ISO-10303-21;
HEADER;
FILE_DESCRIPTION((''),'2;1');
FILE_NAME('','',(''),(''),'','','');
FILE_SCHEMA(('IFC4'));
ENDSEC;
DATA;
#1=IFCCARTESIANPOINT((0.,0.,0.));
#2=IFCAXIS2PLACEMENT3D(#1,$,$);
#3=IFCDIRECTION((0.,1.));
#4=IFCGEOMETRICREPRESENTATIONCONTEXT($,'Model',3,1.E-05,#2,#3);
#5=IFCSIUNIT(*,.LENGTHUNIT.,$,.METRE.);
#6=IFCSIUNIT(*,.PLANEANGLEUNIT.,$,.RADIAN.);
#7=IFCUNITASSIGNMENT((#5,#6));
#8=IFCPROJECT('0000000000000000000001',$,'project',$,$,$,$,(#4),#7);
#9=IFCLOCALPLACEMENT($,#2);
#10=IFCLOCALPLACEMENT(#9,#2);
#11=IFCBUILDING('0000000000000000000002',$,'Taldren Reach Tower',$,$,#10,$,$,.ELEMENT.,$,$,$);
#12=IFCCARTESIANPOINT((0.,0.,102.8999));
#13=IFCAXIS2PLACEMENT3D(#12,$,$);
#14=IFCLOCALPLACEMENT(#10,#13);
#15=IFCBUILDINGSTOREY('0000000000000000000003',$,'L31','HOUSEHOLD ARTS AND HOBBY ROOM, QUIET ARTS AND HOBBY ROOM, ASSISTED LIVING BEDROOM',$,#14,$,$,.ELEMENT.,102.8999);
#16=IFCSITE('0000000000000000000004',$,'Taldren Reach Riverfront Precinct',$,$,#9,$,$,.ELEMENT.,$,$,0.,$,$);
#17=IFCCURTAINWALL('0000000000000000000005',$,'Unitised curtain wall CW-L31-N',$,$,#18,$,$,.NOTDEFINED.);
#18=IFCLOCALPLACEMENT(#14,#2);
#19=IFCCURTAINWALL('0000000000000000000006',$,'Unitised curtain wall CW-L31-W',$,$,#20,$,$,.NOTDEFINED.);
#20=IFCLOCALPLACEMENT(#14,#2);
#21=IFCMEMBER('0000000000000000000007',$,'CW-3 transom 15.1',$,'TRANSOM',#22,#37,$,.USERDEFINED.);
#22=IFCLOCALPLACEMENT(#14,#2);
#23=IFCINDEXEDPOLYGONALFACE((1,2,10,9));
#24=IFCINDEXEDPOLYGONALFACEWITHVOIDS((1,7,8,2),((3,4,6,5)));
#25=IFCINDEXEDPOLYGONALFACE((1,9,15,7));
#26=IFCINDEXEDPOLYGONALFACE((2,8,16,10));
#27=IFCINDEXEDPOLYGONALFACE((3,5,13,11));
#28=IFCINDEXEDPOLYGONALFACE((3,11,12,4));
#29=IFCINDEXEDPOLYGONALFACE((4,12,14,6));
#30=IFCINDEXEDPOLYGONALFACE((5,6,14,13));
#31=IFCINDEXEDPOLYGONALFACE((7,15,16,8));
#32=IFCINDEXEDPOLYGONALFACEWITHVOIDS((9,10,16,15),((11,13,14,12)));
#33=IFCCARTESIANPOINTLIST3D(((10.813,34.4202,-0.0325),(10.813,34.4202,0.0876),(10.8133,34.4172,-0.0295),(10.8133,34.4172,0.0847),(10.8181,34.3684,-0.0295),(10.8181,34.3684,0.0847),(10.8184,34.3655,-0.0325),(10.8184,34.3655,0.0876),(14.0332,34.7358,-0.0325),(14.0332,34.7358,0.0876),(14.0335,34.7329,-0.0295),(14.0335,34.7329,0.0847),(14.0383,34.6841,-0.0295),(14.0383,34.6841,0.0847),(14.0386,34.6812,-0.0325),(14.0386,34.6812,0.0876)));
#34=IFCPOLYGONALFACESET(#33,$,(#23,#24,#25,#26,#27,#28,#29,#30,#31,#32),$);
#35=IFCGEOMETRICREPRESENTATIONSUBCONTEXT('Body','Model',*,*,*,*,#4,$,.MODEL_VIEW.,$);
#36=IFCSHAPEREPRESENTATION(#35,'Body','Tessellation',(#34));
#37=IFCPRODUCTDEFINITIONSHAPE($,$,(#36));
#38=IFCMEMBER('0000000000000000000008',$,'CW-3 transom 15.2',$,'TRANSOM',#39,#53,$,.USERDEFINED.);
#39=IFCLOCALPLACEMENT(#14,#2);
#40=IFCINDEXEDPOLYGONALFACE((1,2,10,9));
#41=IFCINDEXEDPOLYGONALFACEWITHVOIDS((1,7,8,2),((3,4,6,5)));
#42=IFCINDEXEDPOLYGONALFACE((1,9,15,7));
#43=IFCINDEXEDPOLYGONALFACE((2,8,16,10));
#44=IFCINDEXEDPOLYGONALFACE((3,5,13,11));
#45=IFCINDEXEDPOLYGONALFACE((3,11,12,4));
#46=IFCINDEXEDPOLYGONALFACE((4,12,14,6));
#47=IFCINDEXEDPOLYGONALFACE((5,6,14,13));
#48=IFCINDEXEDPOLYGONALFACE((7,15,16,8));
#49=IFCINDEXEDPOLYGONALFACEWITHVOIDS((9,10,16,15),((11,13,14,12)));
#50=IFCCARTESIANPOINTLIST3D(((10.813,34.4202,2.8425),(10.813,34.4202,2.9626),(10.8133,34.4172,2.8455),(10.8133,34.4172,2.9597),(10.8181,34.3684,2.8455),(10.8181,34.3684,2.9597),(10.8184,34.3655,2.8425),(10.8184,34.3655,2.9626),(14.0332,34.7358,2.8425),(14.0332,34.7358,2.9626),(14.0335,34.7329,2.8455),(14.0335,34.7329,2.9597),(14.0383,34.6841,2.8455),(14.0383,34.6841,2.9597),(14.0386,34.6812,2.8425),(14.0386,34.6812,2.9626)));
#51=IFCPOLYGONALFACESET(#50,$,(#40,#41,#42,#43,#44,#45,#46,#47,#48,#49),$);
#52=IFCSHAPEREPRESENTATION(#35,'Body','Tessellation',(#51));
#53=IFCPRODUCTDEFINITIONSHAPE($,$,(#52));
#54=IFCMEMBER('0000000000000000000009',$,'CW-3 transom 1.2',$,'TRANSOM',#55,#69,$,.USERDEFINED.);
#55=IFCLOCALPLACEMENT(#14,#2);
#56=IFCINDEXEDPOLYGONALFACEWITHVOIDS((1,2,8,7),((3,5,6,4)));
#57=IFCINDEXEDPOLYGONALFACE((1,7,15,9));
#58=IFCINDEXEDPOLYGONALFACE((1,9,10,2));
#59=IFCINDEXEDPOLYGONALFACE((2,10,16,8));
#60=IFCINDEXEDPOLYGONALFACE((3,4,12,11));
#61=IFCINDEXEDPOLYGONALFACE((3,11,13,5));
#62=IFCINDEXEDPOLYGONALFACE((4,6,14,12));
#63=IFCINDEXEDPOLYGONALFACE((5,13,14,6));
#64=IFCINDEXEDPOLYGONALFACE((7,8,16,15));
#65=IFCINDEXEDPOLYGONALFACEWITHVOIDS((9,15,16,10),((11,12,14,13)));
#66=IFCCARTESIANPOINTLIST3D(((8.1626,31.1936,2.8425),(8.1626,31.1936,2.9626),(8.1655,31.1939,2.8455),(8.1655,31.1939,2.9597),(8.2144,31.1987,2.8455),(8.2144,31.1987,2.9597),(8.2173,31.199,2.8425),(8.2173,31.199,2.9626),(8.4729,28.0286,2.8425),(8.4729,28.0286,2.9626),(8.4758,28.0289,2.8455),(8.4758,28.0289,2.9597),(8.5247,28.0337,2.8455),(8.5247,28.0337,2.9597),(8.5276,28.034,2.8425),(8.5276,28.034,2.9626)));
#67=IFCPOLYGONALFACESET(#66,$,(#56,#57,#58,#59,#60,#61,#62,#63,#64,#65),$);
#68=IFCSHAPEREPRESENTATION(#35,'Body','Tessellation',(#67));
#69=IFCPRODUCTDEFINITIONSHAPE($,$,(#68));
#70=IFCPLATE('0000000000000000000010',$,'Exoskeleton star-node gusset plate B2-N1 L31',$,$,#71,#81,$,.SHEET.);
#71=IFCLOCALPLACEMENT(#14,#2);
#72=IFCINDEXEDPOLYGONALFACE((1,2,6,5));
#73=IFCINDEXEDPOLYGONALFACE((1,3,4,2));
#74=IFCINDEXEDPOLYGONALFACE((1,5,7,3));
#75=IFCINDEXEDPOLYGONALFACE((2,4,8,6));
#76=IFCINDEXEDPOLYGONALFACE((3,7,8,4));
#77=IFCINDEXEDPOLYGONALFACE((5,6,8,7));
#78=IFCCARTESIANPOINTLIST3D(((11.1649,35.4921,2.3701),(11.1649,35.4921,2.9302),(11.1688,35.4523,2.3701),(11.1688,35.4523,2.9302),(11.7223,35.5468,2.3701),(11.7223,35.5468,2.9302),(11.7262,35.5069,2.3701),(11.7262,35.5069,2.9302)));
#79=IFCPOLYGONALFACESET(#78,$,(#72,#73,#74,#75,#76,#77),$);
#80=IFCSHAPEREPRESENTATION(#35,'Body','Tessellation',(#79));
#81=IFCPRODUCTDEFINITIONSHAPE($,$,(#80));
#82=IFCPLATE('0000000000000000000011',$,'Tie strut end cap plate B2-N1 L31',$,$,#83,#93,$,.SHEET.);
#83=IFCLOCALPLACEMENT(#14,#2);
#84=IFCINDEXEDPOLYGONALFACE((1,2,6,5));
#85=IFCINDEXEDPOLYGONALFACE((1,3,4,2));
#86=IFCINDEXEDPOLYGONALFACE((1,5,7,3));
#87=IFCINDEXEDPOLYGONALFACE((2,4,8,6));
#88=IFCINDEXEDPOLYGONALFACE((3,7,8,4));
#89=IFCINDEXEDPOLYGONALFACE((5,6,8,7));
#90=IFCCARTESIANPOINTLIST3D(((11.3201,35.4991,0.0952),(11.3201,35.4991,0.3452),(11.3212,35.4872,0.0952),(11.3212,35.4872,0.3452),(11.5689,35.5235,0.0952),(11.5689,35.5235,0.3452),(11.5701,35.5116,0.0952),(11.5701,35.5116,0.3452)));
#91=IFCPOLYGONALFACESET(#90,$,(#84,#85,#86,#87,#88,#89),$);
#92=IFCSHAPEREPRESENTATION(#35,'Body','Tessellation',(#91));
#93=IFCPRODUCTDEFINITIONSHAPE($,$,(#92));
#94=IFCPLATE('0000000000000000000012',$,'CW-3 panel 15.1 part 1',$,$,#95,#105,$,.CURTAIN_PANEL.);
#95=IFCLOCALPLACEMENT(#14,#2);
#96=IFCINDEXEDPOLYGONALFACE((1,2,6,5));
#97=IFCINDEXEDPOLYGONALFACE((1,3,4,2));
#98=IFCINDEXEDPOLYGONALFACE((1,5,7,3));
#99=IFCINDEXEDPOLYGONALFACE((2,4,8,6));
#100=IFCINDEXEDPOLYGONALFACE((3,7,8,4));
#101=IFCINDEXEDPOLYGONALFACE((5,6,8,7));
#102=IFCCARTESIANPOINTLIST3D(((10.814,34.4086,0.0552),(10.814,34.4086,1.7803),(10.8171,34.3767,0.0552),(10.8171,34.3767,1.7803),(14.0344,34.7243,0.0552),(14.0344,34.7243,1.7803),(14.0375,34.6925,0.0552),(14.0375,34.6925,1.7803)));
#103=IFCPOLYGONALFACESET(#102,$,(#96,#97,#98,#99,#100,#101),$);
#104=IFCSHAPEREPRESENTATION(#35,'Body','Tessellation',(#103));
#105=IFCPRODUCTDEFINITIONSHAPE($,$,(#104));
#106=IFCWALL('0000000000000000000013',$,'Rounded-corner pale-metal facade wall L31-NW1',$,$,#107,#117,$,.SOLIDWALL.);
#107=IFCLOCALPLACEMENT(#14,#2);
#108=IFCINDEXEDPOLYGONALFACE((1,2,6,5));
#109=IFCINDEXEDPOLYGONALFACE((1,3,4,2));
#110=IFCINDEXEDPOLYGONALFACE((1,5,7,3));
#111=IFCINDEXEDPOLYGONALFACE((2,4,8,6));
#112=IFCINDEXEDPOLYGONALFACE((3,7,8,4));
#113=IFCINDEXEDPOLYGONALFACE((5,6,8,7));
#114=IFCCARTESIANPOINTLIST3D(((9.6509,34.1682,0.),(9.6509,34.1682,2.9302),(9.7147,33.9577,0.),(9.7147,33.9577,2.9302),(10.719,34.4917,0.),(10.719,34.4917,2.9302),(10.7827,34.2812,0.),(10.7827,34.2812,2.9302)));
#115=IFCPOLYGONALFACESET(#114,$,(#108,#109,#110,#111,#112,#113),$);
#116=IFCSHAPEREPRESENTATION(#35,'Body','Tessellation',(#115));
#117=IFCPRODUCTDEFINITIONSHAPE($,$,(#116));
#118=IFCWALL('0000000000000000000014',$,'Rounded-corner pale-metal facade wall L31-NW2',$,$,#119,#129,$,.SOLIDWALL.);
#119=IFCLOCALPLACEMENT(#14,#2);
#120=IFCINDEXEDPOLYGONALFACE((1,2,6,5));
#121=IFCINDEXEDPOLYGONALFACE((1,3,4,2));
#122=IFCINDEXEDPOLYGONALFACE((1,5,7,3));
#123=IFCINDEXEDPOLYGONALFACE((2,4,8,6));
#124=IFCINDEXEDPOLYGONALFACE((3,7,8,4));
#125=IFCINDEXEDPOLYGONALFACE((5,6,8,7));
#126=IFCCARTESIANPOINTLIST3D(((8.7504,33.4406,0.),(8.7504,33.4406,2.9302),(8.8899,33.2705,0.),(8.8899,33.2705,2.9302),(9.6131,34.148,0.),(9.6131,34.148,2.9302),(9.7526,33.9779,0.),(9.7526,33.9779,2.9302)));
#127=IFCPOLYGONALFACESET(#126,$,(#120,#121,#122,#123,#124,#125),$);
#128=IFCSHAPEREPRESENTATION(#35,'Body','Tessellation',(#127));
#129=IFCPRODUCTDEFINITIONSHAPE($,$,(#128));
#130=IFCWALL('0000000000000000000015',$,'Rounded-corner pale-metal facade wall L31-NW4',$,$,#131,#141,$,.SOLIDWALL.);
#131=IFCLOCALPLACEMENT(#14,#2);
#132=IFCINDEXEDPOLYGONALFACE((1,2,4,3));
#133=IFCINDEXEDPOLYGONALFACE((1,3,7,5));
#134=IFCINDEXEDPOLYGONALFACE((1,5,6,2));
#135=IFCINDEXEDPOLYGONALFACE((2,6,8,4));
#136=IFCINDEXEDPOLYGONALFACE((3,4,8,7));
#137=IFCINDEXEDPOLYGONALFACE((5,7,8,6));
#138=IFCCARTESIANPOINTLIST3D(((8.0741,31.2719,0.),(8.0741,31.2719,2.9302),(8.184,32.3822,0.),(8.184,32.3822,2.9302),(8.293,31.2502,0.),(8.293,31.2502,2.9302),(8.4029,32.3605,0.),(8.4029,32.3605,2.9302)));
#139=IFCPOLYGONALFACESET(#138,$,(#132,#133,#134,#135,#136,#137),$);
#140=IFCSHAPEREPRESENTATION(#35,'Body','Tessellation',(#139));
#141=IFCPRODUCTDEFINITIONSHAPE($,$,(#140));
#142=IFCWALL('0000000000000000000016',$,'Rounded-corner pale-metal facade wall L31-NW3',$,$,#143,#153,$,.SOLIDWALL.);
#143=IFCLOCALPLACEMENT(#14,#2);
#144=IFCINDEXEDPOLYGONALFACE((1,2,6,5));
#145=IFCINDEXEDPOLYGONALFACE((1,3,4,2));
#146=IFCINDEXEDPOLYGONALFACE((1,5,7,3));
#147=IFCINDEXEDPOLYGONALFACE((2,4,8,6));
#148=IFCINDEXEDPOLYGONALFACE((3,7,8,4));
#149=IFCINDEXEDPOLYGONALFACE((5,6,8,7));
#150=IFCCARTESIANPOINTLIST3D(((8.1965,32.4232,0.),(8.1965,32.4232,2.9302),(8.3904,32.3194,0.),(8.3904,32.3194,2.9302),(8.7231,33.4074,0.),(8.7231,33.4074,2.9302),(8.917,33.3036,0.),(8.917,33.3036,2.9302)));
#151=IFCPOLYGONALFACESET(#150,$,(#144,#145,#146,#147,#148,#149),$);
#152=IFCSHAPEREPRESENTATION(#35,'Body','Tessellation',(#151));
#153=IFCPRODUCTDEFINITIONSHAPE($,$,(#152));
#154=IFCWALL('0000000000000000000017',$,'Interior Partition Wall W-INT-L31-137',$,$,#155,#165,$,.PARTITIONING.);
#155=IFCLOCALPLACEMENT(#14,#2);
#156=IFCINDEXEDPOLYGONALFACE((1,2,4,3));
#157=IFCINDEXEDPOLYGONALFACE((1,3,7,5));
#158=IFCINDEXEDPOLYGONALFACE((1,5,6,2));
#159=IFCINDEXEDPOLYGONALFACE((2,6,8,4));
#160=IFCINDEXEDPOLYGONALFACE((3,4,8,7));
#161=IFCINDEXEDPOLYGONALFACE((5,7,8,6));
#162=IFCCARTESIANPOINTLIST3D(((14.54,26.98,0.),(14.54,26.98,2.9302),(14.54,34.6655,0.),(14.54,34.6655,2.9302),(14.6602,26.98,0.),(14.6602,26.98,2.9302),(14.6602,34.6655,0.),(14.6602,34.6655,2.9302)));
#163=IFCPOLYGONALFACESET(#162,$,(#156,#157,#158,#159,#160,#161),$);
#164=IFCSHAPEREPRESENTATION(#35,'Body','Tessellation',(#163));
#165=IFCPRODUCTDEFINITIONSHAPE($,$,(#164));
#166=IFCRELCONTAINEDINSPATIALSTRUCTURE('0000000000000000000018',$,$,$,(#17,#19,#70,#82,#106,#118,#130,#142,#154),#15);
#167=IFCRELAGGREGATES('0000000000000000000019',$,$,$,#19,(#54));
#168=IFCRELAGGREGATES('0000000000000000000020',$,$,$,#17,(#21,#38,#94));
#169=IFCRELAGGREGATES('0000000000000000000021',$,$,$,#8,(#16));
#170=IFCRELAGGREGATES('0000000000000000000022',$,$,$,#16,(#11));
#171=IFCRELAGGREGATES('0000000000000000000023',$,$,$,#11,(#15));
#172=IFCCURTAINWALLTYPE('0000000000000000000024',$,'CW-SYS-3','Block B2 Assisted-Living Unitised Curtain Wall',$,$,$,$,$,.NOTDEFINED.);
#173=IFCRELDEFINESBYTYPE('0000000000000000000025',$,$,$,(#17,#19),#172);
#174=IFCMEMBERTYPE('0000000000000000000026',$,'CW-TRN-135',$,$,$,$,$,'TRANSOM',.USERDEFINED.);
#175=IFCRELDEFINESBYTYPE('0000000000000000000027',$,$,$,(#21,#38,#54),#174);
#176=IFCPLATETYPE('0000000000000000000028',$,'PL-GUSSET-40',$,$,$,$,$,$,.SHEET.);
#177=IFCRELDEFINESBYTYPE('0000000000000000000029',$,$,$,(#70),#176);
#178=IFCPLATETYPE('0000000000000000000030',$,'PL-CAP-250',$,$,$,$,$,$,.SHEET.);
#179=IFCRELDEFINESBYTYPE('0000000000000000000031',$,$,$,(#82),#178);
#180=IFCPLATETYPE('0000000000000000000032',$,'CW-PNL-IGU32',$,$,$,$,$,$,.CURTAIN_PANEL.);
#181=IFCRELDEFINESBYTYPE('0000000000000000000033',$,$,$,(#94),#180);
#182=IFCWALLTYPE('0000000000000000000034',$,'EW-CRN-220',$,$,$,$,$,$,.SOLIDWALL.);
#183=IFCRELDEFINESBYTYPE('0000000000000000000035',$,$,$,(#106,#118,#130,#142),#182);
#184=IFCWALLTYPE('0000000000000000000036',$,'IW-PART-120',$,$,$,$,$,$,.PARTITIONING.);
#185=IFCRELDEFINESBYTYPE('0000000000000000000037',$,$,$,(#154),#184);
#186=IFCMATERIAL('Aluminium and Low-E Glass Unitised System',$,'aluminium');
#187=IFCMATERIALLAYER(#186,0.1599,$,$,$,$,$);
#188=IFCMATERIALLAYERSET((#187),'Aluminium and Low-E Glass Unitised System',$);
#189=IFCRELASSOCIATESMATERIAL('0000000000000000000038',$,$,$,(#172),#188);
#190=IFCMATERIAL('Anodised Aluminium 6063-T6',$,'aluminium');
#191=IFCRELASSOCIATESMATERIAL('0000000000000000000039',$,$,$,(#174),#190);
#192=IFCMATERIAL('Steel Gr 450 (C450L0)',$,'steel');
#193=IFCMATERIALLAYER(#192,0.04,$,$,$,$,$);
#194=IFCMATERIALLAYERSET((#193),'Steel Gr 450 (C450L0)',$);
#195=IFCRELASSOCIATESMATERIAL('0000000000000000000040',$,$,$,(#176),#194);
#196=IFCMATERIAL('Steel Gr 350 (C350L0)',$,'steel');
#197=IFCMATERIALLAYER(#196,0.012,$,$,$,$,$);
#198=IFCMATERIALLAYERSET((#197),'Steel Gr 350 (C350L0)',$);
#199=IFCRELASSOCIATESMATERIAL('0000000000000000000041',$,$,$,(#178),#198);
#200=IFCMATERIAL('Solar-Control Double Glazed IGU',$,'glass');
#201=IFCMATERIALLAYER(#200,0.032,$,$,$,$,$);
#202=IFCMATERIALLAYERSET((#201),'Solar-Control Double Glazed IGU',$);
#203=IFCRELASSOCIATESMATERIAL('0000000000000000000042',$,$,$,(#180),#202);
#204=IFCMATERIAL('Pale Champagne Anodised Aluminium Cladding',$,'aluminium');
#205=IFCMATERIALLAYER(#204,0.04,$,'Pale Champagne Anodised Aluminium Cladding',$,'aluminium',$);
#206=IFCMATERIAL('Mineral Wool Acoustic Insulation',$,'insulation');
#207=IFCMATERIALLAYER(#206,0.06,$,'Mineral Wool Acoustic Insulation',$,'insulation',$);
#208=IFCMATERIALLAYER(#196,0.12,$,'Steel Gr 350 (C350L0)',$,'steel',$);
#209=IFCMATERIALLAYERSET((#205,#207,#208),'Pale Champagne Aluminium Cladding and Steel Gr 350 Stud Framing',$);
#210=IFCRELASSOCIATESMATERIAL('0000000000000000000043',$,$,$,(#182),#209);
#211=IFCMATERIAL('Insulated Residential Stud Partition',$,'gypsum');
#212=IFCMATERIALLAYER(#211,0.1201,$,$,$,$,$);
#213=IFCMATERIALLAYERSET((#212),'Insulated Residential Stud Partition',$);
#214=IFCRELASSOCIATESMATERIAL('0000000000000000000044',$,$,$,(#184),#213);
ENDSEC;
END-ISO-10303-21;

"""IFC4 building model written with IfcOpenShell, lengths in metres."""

from ifc_helpers import new_model, si_unit, direction, frame, frame_2d, origin, origin_2d, place, context, subcontext, project, spatial, rectangle, hollow_rectangle, extrude, source, transform, mapped, material, layer, layer_set, material_profile, profile_set, type_object, element, aggregate, save


model = new_model("IFC4")

# Units and contexts
model_context = context("Model", 3, precision=1e-05, world=origin(), true_north=direction((0.0, 1.0)))
body_context = subcontext(model_context, "Body", "Model", "MODEL_VIEW")
ifc_project = project(units=[si_unit("LENGTHUNIT", "METRE"), si_unit("PLANEANGLEUNIT", "RADIAN")], contexts=[model_context])

# Site, building, storey
site_placement = place(None, origin())
site = spatial("IfcSite", under=ifc_project, at=site_placement, Name="Taldren Reach Riverfront Precinct", CompositionType="ELEMENT", RefElevation=0.0)
building_placement = place(site_placement, origin())
building = spatial("IfcBuilding", under=site, at=building_placement, Name="Taldren Reach Tower", CompositionType="ELEMENT")
storey_placement = place(building_placement, frame((0.0, 0.0, 102.8999)))
storey = spatial("IfcBuildingStorey", under=building, at=storey_placement, Name="L31", Description="HOUSEHOLD ARTS AND HOBBY ROOM, QUIET ARTS AND HOBBY ROOM, ASSISTED LIVING BEDROOM", CompositionType="ELEMENT", Elevation=102.8999)

# Shared definitions
ifc_material_1 = material(Name="Steel Gr 450 (C450L0)", Category="steel")
ifc_material_2 = material(Name="Steel Gr 350 (C350L0)", Category="steel")

# Curtain wall
ifc_material_3 = material(Name="Aluminium and Low-E Glass Unitised System", Category="aluminium")
ifc_layer_1 = layer(ifc_material_3, 0.1599)
ifc_layer_set_1 = layer_set([ifc_layer_1], Name="Aluminium and Low-E Glass Unitised System")
curtain_wall_type = type_object("IfcCurtainWallType", Name="CW-SYS-3", Description="Block B2 Assisted-Living Unitised Curtain Wall", PredefinedType="NOTDEFINED", material=ifc_layer_set_1)
curtain_wall_1_placement = place(storey_placement, origin())
curtain_wall_1 = element("IfcCurtainWall", 1, at=curtain_wall_1_placement, inside=storey, type_object=curtain_wall_type, Name="Unitised curtain wall CW-L31-N", PredefinedType="NOTDEFINED")
ifc_material_4 = material(Name="Anodised Aluminium 6063-T6", Category="aluminium")

# Curtain wall
curtain_wall_2_placement = place(storey_placement, origin())
curtain_wall_2 = element("IfcCurtainWall", 2, at=curtain_wall_2_placement, inside=storey, type_object=curtain_wall_type, Name="Unitised curtain wall CW-L31-W", PredefinedType="NOTDEFINED")

# Members
ifc_material_profile_1 = material_profile(ifc_material_4, hollow_rectangle(XDim=0.0549, YDim=0.1201, WallThickness=0.0029, at=origin_2d()), Name="ALU-120x55x3RHS")
ifc_profile_set_1 = profile_set([ifc_material_profile_1], Name="Anodised Aluminium 6063-T6")
member_type_1 = type_object("IfcMemberType", Name="CW-TRN-135", ElementType="TRANSOM", PredefinedType="USERDEFINED", material=ifc_profile_set_1)
shared_shape_1 = source(origin(), body_context, "Body", "SweptSolid", [
    extrude(hollow_rectangle(XDim=0.0549, YDim=0.1201, WallThickness=0.0029, at=origin_2d()), origin(), (0.0, 0.0, 1.0), 3.2356),
])
member_1_placement = place(storey_placement, frame((14.0359, 34.7085, 0.0276), z_axis=(-0.99523, -0.097561, 0.0), x_axis=(0.097561, -0.99523, 0.0)))
member_1 = element("IfcMember", 3, at=member_1_placement, type_object=member_type_1, Name="CW-3 transom 15.1", ObjectType="TRANSOM", PredefinedType="USERDEFINED", context=body_context, shape_type="MappedRepresentation", body=[
    mapped(shared_shape_1, transform((0.0, 0.0, 0.0), scale=1.0)),
])
member_2_placement = place(storey_placement, frame((14.0359, 34.7085, 2.9026), z_axis=(-0.99523, -0.097561, 0.0), x_axis=(0.097561, -0.99523, 0.0)))
member_2 = element("IfcMember", 4, at=member_2_placement, type_object=member_type_1, Name="CW-3 transom 15.2", ObjectType="TRANSOM", PredefinedType="USERDEFINED", context=body_context, shape_type="MappedRepresentation", body=[
    mapped(shared_shape_1, transform((0.0, 0.0, 0.0), scale=1.0)),
])
shared_shape_2 = source(origin(), body_context, "Body", "SweptSolid", [
    extrude(hollow_rectangle(XDim=0.0549, YDim=0.1201, WallThickness=0.0029, at=origin_2d()), origin(), (0.0, 0.0, 1.0), 3.1802),
])
member_3_placement = place(storey_placement, frame((8.1899, 31.1963, 2.9026), z_axis=(0.097573, -0.995228, 0.0), x_axis=(0.995228, 0.097573, 0.0)))
member_3 = element("IfcMember", 5, at=member_3_placement, type_object=member_type_1, Name="CW-3 transom 1.2", ObjectType="TRANSOM", PredefinedType="USERDEFINED", context=body_context, shape_type="MappedRepresentation", body=[
    mapped(shared_shape_2, transform((0.0, 0.0, 0.0), scale=1.0)),
])
aggregate(curtain_wall_2, [member_3])

# Plates
ifc_layer_2 = layer(ifc_material_1, 0.04)
ifc_layer_set_2 = layer_set([ifc_layer_2], Name="Steel Gr 450 (C450L0)")
plate_type_1 = type_object("IfcPlateType", Name="PL-GUSSET-40", PredefinedType="SHEET", material=ifc_layer_set_2)
shared_shape_3 = source(origin(), body_context, "Body", "SweptSolid", [
    extrude(rectangle(XDim=0.5601, YDim=0.04, at=origin_2d()), origin(), (0.0, 0.0, 1.0), 0.5601),
])
plate_1_placement = place(storey_placement, frame((11.4456, 35.4995, 2.3701), z_axis=(0.0, 0.0, 1.0), x_axis=(0.995227, 0.097583, 0.0)))
element("IfcPlate", 6, at=plate_1_placement, inside=storey, type_object=plate_type_1, Name="Exoskeleton star-node gusset plate B2-N1 L31", PredefinedType="SHEET", context=body_context, shape_type="MappedRepresentation", body=[
    mapped(shared_shape_3, transform((0.0, 0.0, 0.0), scale=1.0)),
])
ifc_layer_3 = layer(ifc_material_2, 0.012)
ifc_layer_set_3 = layer_set([ifc_layer_3], Name="Steel Gr 350 (C350L0)")
plate_type_2 = type_object("IfcPlateType", Name="PL-CAP-250", PredefinedType="SHEET", material=ifc_layer_set_3)
shared_shape_4 = source(origin(), body_context, "Body", "SweptSolid", [
    extrude(rectangle(XDim=0.25, YDim=0.012, at=origin_2d()), origin(), (0.0, 0.0, 1.0), 0.25),
])
plate_2_placement = place(storey_placement, frame((11.4451, 35.5054, 0.0952), z_axis=(0.0, 0.0, 1.0), x_axis=(0.995227, 0.097583, 0.0)))
element("IfcPlate", 7, at=plate_2_placement, inside=storey, type_object=plate_type_2, Name="Tie strut end cap plate B2-N1 L31", PredefinedType="SHEET", context=body_context, shape_type="MappedRepresentation", body=[
    mapped(shared_shape_4, transform((0.0, 0.0, 0.0), scale=1.0)),
])

# Plate
ifc_material_5 = material(Name="Solar-Control Double Glazed IGU", Category="glass")
ifc_layer_4 = layer(ifc_material_5, 0.032)
ifc_layer_set_4 = layer_set([ifc_layer_4], Name="Solar-Control Double Glazed IGU")
plate_type_3 = type_object("IfcPlateType", Name="CW-PNL-IGU32", PredefinedType="CURTAIN_PANEL", material=ifc_layer_set_4)
shared_shape_5 = source(origin(), body_context, "Body", "SweptSolid", [
    extrude(rectangle(XDim=3.2358, YDim=0.032, at=origin_2d()), origin(), (0.0, 0.0, 1.0), 1.7251),
])
plate_3_placement = place(storey_placement, frame((12.4258, 34.5505, 0.0552), z_axis=(0.0, 0.0, 1.0), x_axis=(-0.995227, -0.097583, 0.0)))
plate_3 = element("IfcPlate", 8, at=plate_3_placement, type_object=plate_type_3, Name="CW-3 panel 15.1 part 1", PredefinedType="CURTAIN_PANEL", context=body_context, shape_type="MappedRepresentation", body=[
    mapped(shared_shape_5, transform((0.0, 0.0, 0.0), scale=1.0)),
])
aggregate(curtain_wall_1, [member_1, member_2, plate_3])

# Walls
ifc_material_6 = material(Name="Pale Champagne Anodised Aluminium Cladding", Category="aluminium")
ifc_layer_5 = layer(ifc_material_6, 0.04, Name="Pale Champagne Anodised Aluminium Cladding", Category="aluminium")
ifc_material_7 = material(Name="Mineral Wool Acoustic Insulation", Category="insulation")
ifc_layer_6 = layer(ifc_material_7, 0.06, Name="Mineral Wool Acoustic Insulation", Category="insulation")
ifc_layer_7 = layer(ifc_material_2, 0.12, Name="Steel Gr 350 (C350L0)", Category="steel")
ifc_layer_set_5 = layer_set([ifc_layer_5, ifc_layer_6, ifc_layer_7], Name="Pale Champagne Aluminium Cladding and Steel Gr 350 Stud Framing")
wall_type_1 = type_object("IfcWallType", Name="EW-CRN-220", PredefinedType="SOLIDWALL", material=ifc_layer_set_5)
shared_shape_6 = source(origin(), body_context, "Body", "SweptSolid", [
    extrude(rectangle(XDim=1.116, YDim=0.22, at=frame_2d((0.5581, 0.0))), origin(), (0.0, 0.0, 1.0), 2.9302),
])
wall_1_placement = place(storey_placement, frame((10.751, 34.3865, 0.0), z_axis=(0.0, 0.0, 1.0), x_axis=(-0.95707, -0.289856, 0.0)))
element("IfcWall", 9, at=wall_1_placement, inside=storey, type_object=wall_type_1, Name="Rounded-corner pale-metal facade wall L31-NW1", PredefinedType="SOLIDWALL", context=body_context, shape_type="MappedRepresentation", body=[
    mapped(shared_shape_6, transform((0.0, 0.0, 0.0), scale=1.0)),
])
shared_shape_7 = source(origin(), body_context, "Body", "SweptSolid", [
    extrude(rectangle(XDim=1.1157, YDim=0.22, at=frame_2d((0.5579, 0.0))), origin(), (0.0, 0.0, 1.0), 2.9302),
])
for number, where, z_axis, x_axis, name in (
    (10, (9.6829, 34.063, 0.0), (0.0, 0.0, 1.0), (-0.773255, -0.634095, 0.0), "Rounded-corner pale-metal facade wall L31-NW2"),
    (11, (8.2935, 32.3713, 0.0), (0.0, 0.0, 1.0), (-0.098464, -0.995141, 0.0), "Rounded-corner pale-metal facade wall L31-NW4"),
):
    element("IfcWall", number, at=place(storey_placement, frame(where, z_axis=z_axis, x_axis=x_axis)), inside=storey, type_object=wall_type_1, Name=name, PredefinedType="SOLIDWALL", context=body_context, shape_type="MappedRepresentation", body=[
        mapped(shared_shape_7, transform((0.0, 0.0, 0.0), scale=1.0)),
    ])
shared_shape_8 = source(origin(), body_context, "Body", "SweptSolid", [
    extrude(rectangle(XDim=1.1162, YDim=0.22, at=frame_2d((0.5581, 0.0))), origin(), (0.0, 0.0, 1.0), 2.9302),
])
wall_2_placement = place(storey_placement, frame((8.8201, 33.3555, 0.0), z_axis=(0.0, 0.0, 1.0), x_axis=(-0.471803, -0.881704, 0.0)))
element("IfcWall", 12, at=wall_2_placement, inside=storey, type_object=wall_type_1, Name="Rounded-corner pale-metal facade wall L31-NW3", PredefinedType="SOLIDWALL", context=body_context, shape_type="MappedRepresentation", body=[
    mapped(shared_shape_8, transform((0.0, 0.0, 0.0), scale=1.0)),
])
ifc_material_8 = material(Name="Insulated Residential Stud Partition", Category="gypsum")
ifc_layer_8 = layer(ifc_material_8, 0.1201)
ifc_layer_set_6 = layer_set([ifc_layer_8], Name="Insulated Residential Stud Partition")
wall_type_2 = type_object("IfcWallType", Name="IW-PART-120", PredefinedType="PARTITIONING", material=ifc_layer_set_6)
shared_shape_9 = source(origin(), body_context, "Body", "SweptSolid", [
    extrude(rectangle(XDim=7.6855, YDim=0.1201, at=frame_2d((3.8428, 0.0))), origin(), (0.0, 0.0, 1.0), 2.9302),
])
wall_3_placement = place(storey_placement, frame((14.6001, 34.6655, 0.0), z_axis=(0.0, 0.0, 1.0), x_axis=(0.0, -1.0, 0.0)))
element("IfcWall", 13, at=wall_3_placement, inside=storey, type_object=wall_type_2, Name="Interior Partition Wall W-INT-L31-137", PredefinedType="PARTITIONING", context=body_context, shape_type="MappedRepresentation", body=[
    mapped(shared_shape_9, transform((0.0, 0.0, 0.0), scale=1.0)),
])

save(model, "model.ifc")
